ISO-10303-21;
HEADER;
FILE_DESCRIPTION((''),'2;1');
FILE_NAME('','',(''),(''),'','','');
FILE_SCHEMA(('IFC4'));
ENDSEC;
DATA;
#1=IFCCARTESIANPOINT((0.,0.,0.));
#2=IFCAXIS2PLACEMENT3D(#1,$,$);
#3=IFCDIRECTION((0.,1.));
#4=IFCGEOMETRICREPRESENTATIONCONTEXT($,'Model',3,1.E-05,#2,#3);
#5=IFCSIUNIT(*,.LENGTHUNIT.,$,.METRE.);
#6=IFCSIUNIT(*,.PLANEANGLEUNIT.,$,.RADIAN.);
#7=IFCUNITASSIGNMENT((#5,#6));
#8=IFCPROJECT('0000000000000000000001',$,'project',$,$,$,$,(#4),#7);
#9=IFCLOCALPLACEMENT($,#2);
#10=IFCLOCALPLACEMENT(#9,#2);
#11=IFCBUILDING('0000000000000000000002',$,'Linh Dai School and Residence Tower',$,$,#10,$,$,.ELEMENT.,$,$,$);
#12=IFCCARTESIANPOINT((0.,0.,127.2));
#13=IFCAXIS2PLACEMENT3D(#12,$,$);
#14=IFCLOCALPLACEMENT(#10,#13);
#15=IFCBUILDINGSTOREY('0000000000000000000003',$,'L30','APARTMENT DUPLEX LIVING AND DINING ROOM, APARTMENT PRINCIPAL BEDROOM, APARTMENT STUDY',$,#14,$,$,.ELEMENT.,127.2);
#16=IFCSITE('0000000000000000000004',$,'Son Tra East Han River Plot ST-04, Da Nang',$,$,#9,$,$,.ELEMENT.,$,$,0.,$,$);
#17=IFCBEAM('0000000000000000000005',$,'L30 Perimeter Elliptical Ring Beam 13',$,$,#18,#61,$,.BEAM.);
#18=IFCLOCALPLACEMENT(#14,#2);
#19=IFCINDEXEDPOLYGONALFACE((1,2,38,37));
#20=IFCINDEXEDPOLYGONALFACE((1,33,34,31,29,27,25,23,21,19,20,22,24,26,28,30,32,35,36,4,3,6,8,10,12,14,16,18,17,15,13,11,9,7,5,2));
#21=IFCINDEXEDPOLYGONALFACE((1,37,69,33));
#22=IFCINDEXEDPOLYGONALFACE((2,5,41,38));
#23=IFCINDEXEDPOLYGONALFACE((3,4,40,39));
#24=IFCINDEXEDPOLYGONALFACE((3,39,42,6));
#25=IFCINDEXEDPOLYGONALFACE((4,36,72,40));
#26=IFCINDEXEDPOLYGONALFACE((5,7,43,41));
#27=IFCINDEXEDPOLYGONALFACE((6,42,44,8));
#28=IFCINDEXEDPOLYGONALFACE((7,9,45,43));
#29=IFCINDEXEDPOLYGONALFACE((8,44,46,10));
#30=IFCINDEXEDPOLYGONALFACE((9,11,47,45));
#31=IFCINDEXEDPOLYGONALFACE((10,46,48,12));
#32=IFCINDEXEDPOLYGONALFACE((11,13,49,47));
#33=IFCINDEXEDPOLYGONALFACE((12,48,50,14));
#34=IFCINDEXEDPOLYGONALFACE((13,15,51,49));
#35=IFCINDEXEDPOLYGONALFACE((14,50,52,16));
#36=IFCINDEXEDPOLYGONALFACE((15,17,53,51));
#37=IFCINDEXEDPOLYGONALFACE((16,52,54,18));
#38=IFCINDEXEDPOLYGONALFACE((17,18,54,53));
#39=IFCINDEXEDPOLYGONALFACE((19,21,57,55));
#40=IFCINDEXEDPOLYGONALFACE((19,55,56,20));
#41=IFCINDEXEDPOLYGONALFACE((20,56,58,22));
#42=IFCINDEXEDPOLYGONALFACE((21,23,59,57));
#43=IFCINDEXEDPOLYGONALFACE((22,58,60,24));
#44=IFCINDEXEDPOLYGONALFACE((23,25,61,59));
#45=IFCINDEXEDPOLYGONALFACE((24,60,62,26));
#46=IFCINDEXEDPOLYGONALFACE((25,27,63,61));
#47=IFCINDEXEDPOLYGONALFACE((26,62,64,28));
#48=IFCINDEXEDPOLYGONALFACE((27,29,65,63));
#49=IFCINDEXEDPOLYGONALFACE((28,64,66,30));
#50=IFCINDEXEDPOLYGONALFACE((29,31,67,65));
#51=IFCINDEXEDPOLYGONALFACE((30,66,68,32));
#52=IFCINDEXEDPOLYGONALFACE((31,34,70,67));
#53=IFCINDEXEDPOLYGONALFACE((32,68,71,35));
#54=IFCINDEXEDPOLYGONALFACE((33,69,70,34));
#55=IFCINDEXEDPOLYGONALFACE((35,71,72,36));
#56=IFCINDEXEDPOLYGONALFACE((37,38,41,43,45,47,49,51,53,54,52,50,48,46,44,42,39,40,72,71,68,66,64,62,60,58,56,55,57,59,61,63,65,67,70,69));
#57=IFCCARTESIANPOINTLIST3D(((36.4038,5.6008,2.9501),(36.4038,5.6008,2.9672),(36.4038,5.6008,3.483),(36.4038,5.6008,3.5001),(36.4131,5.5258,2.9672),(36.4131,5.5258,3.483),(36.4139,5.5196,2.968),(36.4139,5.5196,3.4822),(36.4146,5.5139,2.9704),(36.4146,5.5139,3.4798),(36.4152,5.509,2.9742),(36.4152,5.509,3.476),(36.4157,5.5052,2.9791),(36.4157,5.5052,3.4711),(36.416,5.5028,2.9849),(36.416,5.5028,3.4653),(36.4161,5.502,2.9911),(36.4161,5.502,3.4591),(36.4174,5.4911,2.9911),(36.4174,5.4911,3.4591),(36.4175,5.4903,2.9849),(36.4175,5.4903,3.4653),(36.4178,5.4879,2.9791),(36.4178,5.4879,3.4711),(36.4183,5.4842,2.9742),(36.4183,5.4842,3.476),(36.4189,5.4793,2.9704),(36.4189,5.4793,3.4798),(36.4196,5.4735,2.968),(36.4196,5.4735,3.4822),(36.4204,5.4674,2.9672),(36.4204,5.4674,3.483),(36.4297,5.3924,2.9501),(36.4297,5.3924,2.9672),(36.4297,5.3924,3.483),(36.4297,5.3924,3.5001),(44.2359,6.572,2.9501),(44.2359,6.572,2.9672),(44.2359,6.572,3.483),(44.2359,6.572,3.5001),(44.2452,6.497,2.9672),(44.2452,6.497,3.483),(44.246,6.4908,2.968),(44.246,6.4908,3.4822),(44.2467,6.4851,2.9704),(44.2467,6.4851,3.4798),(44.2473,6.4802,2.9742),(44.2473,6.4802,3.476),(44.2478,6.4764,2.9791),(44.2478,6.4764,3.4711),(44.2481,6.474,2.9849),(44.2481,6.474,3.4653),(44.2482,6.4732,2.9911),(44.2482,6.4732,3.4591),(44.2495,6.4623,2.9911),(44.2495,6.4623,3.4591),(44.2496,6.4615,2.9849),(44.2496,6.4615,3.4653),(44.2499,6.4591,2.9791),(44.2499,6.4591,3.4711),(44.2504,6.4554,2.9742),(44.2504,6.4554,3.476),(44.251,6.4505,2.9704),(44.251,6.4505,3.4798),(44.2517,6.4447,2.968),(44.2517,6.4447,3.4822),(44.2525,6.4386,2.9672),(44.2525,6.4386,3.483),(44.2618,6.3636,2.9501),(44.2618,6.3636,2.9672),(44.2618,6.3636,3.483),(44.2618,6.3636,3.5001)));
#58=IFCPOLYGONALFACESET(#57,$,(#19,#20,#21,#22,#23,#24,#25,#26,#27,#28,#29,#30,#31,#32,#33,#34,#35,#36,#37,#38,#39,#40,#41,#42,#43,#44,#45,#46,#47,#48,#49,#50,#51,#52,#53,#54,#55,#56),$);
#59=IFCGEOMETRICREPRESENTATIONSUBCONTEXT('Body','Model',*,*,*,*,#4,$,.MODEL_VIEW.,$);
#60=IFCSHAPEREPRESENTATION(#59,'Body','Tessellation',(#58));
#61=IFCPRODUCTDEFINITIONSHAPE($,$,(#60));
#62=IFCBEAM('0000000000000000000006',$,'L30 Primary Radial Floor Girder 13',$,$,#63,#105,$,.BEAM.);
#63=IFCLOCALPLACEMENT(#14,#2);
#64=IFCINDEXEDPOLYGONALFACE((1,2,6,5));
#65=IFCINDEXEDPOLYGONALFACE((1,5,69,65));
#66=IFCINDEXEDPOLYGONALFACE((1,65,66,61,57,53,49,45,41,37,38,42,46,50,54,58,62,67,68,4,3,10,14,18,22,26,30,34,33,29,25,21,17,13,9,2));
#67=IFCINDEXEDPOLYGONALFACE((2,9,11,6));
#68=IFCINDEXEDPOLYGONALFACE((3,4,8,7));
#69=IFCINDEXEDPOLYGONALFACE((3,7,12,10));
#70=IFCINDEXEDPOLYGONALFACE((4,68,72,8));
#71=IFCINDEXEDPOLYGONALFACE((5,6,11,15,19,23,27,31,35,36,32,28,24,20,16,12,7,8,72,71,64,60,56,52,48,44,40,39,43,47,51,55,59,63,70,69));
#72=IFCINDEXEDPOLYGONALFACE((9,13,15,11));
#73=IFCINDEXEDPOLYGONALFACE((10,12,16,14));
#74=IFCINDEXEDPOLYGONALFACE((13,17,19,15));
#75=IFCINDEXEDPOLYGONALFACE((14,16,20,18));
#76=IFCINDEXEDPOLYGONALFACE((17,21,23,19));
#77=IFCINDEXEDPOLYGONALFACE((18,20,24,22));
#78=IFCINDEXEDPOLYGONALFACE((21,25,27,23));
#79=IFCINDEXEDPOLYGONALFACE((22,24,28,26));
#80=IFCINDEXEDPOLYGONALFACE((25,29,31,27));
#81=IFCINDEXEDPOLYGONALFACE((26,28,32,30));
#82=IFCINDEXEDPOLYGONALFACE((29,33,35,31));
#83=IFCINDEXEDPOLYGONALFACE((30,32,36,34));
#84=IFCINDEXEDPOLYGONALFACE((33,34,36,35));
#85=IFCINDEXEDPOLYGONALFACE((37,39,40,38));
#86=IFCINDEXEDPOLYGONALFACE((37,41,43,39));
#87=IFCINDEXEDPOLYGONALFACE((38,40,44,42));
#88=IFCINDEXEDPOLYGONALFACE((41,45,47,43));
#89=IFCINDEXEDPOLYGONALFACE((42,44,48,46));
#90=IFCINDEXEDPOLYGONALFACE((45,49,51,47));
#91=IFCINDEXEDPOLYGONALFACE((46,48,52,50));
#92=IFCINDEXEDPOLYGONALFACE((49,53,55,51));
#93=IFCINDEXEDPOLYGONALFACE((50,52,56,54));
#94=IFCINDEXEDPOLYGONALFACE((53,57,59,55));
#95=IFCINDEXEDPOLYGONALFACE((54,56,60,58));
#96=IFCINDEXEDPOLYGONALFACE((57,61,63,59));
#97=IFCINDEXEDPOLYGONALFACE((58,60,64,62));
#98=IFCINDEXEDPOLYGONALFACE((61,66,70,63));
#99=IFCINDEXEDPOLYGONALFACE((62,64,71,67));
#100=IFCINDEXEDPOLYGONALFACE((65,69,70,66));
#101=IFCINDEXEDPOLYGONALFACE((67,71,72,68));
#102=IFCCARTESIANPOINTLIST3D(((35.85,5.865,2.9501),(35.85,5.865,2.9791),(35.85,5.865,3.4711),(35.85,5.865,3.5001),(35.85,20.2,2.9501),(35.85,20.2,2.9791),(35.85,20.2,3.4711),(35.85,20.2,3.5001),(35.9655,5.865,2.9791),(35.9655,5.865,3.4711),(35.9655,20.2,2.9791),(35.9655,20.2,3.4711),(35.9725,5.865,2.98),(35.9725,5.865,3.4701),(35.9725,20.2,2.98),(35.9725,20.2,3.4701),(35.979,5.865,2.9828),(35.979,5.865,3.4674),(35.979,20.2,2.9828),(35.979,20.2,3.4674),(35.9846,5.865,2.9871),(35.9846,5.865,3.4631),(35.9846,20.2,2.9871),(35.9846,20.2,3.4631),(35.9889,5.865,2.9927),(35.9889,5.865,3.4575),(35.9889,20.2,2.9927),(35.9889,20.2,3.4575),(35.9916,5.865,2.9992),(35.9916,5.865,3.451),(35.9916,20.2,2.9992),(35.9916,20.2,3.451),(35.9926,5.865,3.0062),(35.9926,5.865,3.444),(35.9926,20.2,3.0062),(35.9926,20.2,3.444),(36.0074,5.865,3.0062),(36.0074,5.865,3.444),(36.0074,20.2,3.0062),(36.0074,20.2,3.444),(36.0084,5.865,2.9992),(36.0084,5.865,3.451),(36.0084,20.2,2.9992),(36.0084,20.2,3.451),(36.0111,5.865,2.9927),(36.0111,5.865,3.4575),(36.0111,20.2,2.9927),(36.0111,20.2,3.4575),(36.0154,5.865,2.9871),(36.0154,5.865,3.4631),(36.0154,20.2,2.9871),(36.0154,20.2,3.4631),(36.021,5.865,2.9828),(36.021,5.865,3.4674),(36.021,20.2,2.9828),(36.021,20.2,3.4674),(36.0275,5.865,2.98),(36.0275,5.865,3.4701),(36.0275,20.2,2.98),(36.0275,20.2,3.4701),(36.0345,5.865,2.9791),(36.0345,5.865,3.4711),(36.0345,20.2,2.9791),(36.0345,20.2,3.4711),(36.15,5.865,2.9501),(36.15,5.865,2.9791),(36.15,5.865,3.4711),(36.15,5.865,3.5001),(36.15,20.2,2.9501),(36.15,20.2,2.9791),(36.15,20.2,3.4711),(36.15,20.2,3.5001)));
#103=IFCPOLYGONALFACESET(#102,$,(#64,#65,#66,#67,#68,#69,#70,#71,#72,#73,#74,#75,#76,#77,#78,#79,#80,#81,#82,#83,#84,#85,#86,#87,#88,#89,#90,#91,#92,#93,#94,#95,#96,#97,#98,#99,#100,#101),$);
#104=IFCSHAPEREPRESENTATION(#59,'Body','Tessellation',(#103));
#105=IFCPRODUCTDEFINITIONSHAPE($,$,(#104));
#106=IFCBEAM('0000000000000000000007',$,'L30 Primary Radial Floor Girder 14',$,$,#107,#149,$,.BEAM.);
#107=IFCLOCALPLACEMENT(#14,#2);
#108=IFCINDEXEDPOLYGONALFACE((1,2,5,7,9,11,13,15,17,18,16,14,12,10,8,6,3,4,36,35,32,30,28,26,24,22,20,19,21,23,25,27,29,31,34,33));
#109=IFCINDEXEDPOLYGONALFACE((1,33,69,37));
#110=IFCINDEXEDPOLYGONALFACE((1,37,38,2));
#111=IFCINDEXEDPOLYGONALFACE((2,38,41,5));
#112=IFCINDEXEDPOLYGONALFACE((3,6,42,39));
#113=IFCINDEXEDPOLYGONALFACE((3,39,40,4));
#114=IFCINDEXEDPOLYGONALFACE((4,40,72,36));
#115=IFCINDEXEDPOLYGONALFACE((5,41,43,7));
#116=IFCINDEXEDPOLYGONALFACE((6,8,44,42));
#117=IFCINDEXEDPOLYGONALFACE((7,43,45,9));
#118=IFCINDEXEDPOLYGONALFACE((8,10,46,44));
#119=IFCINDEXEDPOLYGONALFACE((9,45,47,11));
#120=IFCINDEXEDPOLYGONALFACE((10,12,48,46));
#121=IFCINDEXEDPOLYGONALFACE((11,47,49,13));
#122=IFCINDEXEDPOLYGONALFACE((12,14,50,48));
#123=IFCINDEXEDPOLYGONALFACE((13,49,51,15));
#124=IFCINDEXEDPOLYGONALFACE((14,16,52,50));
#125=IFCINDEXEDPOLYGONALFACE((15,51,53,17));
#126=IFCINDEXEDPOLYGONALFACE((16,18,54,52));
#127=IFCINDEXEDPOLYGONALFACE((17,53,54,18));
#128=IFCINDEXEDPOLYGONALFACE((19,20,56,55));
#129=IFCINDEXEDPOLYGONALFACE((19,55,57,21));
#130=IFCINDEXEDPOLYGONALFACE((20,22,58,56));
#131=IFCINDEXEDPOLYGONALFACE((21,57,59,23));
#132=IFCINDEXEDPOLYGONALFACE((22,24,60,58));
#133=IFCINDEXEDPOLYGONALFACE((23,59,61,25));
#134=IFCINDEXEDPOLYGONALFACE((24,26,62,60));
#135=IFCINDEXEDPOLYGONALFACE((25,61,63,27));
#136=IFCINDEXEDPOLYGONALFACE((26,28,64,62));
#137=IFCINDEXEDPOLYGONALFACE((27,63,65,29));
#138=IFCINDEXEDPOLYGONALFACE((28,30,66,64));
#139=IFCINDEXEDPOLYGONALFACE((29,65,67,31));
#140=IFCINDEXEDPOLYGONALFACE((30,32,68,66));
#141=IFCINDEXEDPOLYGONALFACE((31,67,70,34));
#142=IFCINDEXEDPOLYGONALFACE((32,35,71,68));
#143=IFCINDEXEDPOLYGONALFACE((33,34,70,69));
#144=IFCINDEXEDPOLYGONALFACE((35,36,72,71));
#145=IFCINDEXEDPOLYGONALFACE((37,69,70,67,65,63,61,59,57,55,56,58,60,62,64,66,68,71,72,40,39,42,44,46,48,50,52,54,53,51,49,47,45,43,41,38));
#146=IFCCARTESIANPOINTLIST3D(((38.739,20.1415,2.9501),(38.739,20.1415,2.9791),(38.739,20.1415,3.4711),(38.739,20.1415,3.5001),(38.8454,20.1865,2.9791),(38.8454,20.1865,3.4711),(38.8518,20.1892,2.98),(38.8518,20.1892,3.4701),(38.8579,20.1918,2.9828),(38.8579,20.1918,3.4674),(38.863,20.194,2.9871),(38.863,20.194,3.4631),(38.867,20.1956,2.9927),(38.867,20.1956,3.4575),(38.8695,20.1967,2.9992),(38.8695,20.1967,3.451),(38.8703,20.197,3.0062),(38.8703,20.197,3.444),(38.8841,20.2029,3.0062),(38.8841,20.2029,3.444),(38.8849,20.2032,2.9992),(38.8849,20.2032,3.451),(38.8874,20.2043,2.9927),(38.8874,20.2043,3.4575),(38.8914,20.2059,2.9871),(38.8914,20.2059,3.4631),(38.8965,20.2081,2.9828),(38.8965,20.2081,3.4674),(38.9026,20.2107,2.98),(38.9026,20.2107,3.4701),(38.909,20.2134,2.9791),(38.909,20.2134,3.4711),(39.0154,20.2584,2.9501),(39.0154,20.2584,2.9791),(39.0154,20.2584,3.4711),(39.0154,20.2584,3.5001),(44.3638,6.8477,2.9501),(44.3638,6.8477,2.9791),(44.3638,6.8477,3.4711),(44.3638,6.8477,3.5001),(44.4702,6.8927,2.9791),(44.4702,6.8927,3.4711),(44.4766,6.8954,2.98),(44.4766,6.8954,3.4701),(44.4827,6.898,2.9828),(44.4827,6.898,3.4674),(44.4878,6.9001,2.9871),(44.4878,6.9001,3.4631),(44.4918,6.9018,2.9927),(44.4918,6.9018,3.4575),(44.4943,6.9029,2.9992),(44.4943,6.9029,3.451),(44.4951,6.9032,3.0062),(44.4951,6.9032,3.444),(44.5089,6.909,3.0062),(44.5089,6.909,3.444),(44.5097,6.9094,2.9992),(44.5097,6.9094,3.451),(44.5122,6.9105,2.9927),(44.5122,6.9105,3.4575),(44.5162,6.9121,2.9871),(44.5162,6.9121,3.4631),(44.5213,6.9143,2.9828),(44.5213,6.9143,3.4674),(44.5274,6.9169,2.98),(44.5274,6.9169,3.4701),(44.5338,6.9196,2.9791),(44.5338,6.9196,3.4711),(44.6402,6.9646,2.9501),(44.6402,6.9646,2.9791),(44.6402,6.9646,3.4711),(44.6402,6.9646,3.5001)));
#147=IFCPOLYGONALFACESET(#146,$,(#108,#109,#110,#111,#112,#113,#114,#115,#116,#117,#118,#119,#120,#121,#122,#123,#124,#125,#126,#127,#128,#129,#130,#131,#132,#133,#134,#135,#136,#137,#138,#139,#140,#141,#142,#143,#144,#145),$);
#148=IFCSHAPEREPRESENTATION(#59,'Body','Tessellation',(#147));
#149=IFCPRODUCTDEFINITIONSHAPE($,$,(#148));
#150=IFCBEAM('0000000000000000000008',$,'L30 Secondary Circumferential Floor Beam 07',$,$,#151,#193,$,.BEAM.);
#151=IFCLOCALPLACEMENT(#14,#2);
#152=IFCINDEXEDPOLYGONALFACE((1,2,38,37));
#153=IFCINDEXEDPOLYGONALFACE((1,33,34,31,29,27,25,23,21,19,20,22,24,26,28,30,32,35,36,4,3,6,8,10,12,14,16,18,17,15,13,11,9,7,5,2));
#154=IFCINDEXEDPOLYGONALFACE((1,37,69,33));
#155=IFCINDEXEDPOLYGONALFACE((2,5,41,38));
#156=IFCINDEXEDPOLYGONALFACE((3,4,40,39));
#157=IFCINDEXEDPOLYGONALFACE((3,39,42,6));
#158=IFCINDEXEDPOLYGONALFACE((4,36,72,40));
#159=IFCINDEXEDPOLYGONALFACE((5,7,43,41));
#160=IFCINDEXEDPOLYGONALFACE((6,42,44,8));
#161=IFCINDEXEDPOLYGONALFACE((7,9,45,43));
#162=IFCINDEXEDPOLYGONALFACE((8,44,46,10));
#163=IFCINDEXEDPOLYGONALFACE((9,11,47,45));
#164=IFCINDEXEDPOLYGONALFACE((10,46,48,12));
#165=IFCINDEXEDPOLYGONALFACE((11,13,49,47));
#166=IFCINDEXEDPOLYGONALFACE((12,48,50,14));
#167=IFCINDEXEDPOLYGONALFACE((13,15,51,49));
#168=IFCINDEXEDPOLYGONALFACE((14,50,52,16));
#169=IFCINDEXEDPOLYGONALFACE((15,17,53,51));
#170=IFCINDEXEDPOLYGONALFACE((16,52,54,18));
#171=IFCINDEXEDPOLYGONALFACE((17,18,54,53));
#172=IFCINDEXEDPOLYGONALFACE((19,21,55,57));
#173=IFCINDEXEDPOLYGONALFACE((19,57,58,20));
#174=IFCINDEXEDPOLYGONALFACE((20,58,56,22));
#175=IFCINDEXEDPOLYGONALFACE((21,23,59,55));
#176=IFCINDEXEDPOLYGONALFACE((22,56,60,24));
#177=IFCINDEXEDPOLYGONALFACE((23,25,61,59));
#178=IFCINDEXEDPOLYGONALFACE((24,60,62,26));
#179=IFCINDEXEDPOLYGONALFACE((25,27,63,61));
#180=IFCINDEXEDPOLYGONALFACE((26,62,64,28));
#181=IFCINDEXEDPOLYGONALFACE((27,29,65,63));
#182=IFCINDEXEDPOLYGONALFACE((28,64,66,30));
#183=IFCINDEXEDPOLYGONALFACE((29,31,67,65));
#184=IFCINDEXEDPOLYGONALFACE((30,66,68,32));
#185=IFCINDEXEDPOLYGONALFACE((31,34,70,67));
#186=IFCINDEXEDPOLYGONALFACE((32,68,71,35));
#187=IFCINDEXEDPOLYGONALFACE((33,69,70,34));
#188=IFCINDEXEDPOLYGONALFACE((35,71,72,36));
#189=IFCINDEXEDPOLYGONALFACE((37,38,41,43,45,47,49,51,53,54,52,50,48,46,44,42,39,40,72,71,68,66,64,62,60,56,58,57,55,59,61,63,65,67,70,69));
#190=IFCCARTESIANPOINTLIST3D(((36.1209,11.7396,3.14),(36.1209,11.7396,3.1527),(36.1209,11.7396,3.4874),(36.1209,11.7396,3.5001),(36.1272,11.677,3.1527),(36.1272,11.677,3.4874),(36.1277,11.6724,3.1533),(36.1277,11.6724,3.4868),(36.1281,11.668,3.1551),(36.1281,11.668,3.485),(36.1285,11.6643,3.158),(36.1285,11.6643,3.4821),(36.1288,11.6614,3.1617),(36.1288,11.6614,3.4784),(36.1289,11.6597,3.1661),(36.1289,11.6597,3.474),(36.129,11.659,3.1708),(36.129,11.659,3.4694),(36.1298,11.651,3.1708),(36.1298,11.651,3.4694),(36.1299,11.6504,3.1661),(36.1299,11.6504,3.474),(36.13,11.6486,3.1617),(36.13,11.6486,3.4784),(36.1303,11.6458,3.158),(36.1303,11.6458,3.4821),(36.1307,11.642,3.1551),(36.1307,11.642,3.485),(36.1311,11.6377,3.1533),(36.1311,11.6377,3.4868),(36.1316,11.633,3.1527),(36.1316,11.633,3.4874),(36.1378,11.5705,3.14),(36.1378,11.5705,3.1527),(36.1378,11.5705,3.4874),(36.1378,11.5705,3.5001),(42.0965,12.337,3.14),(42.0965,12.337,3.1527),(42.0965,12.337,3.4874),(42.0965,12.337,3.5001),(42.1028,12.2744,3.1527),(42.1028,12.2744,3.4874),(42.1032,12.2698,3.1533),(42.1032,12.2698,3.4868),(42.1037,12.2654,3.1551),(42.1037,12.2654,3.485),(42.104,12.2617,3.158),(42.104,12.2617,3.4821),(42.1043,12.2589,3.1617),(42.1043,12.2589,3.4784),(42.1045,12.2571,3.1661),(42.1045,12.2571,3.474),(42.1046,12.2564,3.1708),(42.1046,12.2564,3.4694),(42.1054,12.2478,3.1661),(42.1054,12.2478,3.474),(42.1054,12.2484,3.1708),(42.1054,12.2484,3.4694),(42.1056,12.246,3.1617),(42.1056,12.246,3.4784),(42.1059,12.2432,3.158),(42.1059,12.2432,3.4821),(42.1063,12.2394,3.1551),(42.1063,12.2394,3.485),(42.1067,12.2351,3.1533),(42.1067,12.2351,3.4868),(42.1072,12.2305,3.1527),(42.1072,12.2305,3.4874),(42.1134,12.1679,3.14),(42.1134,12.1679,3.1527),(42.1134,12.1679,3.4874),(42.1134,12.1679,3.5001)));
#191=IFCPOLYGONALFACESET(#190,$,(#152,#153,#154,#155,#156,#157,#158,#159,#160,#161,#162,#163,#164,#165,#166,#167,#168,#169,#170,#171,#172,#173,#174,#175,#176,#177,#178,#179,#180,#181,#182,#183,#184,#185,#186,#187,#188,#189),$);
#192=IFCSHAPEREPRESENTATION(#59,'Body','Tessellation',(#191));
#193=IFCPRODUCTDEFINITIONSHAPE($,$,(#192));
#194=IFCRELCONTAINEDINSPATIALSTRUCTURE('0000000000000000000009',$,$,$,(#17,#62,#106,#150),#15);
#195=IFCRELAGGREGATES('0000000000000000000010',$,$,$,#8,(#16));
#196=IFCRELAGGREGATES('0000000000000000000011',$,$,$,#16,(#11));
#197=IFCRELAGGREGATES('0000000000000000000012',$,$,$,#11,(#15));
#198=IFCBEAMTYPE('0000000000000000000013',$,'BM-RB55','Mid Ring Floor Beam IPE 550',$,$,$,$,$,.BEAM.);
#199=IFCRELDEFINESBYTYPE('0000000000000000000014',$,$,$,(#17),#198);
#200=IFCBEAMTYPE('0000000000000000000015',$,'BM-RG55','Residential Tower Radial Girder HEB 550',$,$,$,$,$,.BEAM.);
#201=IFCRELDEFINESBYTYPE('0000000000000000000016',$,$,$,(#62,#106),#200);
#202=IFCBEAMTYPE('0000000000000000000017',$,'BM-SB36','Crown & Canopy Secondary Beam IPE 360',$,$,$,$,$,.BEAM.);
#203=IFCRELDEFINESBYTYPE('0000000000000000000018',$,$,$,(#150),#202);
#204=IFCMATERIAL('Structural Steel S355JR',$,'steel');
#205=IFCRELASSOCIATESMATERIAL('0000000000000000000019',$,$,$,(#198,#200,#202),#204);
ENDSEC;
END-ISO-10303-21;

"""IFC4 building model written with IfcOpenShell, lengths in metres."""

from ifc_helpers import new_model, si_unit, direction, frame, origin, origin_2d, place, context, subcontext, project, spatial, i_section, extrude, material, material_profile, profile_set, type_object, element, save


model = new_model("IFC4")

# Units and contexts
model_context = context("Model", 3, precision=1e-05, world=origin(), true_north=direction((0.0, 1.0)))
body_context = subcontext(model_context, "Body", "Model", "MODEL_VIEW")
ifc_project = project(units=[si_unit("LENGTHUNIT", "METRE"), si_unit("PLANEANGLEUNIT", "RADIAN")], contexts=[model_context])

# Site, building, storey
site_placement = place(None, origin())
site = spatial("IfcSite", under=ifc_project, at=site_placement, Name="Son Tra East Han River Plot ST-04, Da Nang", CompositionType="ELEMENT", RefElevation=0.0)
building_placement = place(site_placement, origin())
building = spatial("IfcBuilding", under=site, at=building_placement, Name="Linh Dai School and Residence Tower", CompositionType="ELEMENT")
storey_placement = place(building_placement, frame((0.0, 0.0, 127.2)))
storey = spatial("IfcBuildingStorey", under=building, at=storey_placement, Name="L30", Description="APARTMENT DUPLEX LIVING AND DINING ROOM, APARTMENT PRINCIPAL BEDROOM, APARTMENT STUDY", CompositionType="ELEMENT", Elevation=127.2)

# Shared definitions
ifc_material_1 = material(Name="Structural Steel S355JR", Category="steel")

# Beams
ifc_material_profile_1 = material_profile(ifc_material_1, i_section(OverallWidth=0.21, OverallDepth=0.55, WebThickness=0.011, FlangeThickness=0.0171, FilletRadius=0.0239, at=origin_2d()), Name="IPE 550")
ifc_profile_set_1 = profile_set([ifc_material_profile_1], Name="Structural Steel S355JR")
beam_type_1 = type_object("IfcBeamType", Name="BM-RB55", Description="Mid Ring Floor Beam IPE 550", PredefinedType="BEAM", material=ifc_profile_set_1)
beam_1_placement = place(storey_placement, frame((36.4167, 5.4966, 3.2251), z_axis=(0.992399, 0.12306, 0.0), x_axis=(-0.12306, 0.992399, 0.0)))
element("IfcBeam", 1, at=beam_1_placement, inside=storey, type_object=beam_type_1, Name="L30 Perimeter Elliptical Ring Beam 13", PredefinedType="BEAM", context=body_context, shape_type="SweptSolid", body=[
    extrude(i_section(OverallWidth=0.21, OverallDepth=0.55, WebThickness=0.011, FlangeThickness=0.0171, FilletRadius=0.0239, at=origin_2d()), origin(), (0.0, 0.0, 1.0), 7.8921),
])
ifc_material_profile_2 = material_profile(ifc_material_1, i_section(OverallWidth=0.3, OverallDepth=0.55, WebThickness=0.0149, FlangeThickness=0.0291, FilletRadius=0.0271, at=origin_2d()), Name="HEB 550")
ifc_profile_set_2 = profile_set([ifc_material_profile_2], Name="Structural Steel S355JR")
beam_type_2 = type_object("IfcBeamType", Name="BM-RG55", Description="Residential Tower Radial Girder HEB 550", PredefinedType="BEAM", material=ifc_profile_set_2)
beam_2_placement = place(storey_placement, frame((36.0, 20.2, 3.2251), z_axis=(0.0, -1.0, 0.0), x_axis=(1.0, 0.0, 0.0)))
element("IfcBeam", 2, at=beam_2_placement, inside=storey, type_object=beam_type_2, Name="L30 Primary Radial Floor Girder 13", PredefinedType="BEAM", context=body_context, shape_type="SweptSolid", body=[
    extrude(i_section(OverallWidth=0.3, OverallDepth=0.55, WebThickness=0.0149, FlangeThickness=0.0291, FilletRadius=0.0271, at=origin_2d()), origin(), (0.0, 0.0, 1.0), 14.335),
])
beam_3_placement = place(storey_placement, frame((38.8772, 20.2, 3.2251), z_axis=(0.389669, -0.920955, 0.0), x_axis=(0.920955, 0.389669, 0.0)))
element("IfcBeam", 3, at=beam_3_placement, inside=storey, type_object=beam_type_2, Name="L30 Primary Radial Floor Girder 14", PredefinedType="BEAM", context=body_context, shape_type="SweptSolid", body=[
    extrude(i_section(OverallWidth=0.3, OverallDepth=0.55, WebThickness=0.0149, FlangeThickness=0.0291, FilletRadius=0.0271, at=origin_2d()), origin(), (0.0, 0.0, 1.0), 14.4348),
])
ifc_material_profile_3 = material_profile(ifc_material_1, i_section(OverallWidth=0.1699, OverallDepth=0.3601, WebThickness=0.0081, FlangeThickness=0.0127, FilletRadius=0.0181, at=origin_2d()), Name="IPE 360")
ifc_profile_set_3 = profile_set([ifc_material_profile_3], Name="Structural Steel S355JR")
beam_type_3 = type_object("IfcBeamType", Name="BM-SB36", Description="Crown & Canopy Secondary Beam IPE 360", PredefinedType="BEAM", material=ifc_profile_set_3)
beam_4_placement = place(storey_placement, frame((36.1294, 11.655, 3.3201), z_axis=(0.99504, 0.09948, 0.0), x_axis=(-0.09948, 0.99504, 0.0)))
element("IfcBeam", 4, at=beam_4_placement, inside=storey, type_object=beam_type_3, Name="L30 Secondary Circumferential Floor Beam 07", PredefinedType="BEAM", context=body_context, shape_type="SweptSolid", body=[
    extrude(i_section(OverallWidth=0.1699, OverallDepth=0.3601, WebThickness=0.0081, FlangeThickness=0.0127, FilletRadius=0.0181, at=origin_2d()), origin(), (0.0, 0.0, 1.0), 6.0054),
])

save(model, "model.ifc")
